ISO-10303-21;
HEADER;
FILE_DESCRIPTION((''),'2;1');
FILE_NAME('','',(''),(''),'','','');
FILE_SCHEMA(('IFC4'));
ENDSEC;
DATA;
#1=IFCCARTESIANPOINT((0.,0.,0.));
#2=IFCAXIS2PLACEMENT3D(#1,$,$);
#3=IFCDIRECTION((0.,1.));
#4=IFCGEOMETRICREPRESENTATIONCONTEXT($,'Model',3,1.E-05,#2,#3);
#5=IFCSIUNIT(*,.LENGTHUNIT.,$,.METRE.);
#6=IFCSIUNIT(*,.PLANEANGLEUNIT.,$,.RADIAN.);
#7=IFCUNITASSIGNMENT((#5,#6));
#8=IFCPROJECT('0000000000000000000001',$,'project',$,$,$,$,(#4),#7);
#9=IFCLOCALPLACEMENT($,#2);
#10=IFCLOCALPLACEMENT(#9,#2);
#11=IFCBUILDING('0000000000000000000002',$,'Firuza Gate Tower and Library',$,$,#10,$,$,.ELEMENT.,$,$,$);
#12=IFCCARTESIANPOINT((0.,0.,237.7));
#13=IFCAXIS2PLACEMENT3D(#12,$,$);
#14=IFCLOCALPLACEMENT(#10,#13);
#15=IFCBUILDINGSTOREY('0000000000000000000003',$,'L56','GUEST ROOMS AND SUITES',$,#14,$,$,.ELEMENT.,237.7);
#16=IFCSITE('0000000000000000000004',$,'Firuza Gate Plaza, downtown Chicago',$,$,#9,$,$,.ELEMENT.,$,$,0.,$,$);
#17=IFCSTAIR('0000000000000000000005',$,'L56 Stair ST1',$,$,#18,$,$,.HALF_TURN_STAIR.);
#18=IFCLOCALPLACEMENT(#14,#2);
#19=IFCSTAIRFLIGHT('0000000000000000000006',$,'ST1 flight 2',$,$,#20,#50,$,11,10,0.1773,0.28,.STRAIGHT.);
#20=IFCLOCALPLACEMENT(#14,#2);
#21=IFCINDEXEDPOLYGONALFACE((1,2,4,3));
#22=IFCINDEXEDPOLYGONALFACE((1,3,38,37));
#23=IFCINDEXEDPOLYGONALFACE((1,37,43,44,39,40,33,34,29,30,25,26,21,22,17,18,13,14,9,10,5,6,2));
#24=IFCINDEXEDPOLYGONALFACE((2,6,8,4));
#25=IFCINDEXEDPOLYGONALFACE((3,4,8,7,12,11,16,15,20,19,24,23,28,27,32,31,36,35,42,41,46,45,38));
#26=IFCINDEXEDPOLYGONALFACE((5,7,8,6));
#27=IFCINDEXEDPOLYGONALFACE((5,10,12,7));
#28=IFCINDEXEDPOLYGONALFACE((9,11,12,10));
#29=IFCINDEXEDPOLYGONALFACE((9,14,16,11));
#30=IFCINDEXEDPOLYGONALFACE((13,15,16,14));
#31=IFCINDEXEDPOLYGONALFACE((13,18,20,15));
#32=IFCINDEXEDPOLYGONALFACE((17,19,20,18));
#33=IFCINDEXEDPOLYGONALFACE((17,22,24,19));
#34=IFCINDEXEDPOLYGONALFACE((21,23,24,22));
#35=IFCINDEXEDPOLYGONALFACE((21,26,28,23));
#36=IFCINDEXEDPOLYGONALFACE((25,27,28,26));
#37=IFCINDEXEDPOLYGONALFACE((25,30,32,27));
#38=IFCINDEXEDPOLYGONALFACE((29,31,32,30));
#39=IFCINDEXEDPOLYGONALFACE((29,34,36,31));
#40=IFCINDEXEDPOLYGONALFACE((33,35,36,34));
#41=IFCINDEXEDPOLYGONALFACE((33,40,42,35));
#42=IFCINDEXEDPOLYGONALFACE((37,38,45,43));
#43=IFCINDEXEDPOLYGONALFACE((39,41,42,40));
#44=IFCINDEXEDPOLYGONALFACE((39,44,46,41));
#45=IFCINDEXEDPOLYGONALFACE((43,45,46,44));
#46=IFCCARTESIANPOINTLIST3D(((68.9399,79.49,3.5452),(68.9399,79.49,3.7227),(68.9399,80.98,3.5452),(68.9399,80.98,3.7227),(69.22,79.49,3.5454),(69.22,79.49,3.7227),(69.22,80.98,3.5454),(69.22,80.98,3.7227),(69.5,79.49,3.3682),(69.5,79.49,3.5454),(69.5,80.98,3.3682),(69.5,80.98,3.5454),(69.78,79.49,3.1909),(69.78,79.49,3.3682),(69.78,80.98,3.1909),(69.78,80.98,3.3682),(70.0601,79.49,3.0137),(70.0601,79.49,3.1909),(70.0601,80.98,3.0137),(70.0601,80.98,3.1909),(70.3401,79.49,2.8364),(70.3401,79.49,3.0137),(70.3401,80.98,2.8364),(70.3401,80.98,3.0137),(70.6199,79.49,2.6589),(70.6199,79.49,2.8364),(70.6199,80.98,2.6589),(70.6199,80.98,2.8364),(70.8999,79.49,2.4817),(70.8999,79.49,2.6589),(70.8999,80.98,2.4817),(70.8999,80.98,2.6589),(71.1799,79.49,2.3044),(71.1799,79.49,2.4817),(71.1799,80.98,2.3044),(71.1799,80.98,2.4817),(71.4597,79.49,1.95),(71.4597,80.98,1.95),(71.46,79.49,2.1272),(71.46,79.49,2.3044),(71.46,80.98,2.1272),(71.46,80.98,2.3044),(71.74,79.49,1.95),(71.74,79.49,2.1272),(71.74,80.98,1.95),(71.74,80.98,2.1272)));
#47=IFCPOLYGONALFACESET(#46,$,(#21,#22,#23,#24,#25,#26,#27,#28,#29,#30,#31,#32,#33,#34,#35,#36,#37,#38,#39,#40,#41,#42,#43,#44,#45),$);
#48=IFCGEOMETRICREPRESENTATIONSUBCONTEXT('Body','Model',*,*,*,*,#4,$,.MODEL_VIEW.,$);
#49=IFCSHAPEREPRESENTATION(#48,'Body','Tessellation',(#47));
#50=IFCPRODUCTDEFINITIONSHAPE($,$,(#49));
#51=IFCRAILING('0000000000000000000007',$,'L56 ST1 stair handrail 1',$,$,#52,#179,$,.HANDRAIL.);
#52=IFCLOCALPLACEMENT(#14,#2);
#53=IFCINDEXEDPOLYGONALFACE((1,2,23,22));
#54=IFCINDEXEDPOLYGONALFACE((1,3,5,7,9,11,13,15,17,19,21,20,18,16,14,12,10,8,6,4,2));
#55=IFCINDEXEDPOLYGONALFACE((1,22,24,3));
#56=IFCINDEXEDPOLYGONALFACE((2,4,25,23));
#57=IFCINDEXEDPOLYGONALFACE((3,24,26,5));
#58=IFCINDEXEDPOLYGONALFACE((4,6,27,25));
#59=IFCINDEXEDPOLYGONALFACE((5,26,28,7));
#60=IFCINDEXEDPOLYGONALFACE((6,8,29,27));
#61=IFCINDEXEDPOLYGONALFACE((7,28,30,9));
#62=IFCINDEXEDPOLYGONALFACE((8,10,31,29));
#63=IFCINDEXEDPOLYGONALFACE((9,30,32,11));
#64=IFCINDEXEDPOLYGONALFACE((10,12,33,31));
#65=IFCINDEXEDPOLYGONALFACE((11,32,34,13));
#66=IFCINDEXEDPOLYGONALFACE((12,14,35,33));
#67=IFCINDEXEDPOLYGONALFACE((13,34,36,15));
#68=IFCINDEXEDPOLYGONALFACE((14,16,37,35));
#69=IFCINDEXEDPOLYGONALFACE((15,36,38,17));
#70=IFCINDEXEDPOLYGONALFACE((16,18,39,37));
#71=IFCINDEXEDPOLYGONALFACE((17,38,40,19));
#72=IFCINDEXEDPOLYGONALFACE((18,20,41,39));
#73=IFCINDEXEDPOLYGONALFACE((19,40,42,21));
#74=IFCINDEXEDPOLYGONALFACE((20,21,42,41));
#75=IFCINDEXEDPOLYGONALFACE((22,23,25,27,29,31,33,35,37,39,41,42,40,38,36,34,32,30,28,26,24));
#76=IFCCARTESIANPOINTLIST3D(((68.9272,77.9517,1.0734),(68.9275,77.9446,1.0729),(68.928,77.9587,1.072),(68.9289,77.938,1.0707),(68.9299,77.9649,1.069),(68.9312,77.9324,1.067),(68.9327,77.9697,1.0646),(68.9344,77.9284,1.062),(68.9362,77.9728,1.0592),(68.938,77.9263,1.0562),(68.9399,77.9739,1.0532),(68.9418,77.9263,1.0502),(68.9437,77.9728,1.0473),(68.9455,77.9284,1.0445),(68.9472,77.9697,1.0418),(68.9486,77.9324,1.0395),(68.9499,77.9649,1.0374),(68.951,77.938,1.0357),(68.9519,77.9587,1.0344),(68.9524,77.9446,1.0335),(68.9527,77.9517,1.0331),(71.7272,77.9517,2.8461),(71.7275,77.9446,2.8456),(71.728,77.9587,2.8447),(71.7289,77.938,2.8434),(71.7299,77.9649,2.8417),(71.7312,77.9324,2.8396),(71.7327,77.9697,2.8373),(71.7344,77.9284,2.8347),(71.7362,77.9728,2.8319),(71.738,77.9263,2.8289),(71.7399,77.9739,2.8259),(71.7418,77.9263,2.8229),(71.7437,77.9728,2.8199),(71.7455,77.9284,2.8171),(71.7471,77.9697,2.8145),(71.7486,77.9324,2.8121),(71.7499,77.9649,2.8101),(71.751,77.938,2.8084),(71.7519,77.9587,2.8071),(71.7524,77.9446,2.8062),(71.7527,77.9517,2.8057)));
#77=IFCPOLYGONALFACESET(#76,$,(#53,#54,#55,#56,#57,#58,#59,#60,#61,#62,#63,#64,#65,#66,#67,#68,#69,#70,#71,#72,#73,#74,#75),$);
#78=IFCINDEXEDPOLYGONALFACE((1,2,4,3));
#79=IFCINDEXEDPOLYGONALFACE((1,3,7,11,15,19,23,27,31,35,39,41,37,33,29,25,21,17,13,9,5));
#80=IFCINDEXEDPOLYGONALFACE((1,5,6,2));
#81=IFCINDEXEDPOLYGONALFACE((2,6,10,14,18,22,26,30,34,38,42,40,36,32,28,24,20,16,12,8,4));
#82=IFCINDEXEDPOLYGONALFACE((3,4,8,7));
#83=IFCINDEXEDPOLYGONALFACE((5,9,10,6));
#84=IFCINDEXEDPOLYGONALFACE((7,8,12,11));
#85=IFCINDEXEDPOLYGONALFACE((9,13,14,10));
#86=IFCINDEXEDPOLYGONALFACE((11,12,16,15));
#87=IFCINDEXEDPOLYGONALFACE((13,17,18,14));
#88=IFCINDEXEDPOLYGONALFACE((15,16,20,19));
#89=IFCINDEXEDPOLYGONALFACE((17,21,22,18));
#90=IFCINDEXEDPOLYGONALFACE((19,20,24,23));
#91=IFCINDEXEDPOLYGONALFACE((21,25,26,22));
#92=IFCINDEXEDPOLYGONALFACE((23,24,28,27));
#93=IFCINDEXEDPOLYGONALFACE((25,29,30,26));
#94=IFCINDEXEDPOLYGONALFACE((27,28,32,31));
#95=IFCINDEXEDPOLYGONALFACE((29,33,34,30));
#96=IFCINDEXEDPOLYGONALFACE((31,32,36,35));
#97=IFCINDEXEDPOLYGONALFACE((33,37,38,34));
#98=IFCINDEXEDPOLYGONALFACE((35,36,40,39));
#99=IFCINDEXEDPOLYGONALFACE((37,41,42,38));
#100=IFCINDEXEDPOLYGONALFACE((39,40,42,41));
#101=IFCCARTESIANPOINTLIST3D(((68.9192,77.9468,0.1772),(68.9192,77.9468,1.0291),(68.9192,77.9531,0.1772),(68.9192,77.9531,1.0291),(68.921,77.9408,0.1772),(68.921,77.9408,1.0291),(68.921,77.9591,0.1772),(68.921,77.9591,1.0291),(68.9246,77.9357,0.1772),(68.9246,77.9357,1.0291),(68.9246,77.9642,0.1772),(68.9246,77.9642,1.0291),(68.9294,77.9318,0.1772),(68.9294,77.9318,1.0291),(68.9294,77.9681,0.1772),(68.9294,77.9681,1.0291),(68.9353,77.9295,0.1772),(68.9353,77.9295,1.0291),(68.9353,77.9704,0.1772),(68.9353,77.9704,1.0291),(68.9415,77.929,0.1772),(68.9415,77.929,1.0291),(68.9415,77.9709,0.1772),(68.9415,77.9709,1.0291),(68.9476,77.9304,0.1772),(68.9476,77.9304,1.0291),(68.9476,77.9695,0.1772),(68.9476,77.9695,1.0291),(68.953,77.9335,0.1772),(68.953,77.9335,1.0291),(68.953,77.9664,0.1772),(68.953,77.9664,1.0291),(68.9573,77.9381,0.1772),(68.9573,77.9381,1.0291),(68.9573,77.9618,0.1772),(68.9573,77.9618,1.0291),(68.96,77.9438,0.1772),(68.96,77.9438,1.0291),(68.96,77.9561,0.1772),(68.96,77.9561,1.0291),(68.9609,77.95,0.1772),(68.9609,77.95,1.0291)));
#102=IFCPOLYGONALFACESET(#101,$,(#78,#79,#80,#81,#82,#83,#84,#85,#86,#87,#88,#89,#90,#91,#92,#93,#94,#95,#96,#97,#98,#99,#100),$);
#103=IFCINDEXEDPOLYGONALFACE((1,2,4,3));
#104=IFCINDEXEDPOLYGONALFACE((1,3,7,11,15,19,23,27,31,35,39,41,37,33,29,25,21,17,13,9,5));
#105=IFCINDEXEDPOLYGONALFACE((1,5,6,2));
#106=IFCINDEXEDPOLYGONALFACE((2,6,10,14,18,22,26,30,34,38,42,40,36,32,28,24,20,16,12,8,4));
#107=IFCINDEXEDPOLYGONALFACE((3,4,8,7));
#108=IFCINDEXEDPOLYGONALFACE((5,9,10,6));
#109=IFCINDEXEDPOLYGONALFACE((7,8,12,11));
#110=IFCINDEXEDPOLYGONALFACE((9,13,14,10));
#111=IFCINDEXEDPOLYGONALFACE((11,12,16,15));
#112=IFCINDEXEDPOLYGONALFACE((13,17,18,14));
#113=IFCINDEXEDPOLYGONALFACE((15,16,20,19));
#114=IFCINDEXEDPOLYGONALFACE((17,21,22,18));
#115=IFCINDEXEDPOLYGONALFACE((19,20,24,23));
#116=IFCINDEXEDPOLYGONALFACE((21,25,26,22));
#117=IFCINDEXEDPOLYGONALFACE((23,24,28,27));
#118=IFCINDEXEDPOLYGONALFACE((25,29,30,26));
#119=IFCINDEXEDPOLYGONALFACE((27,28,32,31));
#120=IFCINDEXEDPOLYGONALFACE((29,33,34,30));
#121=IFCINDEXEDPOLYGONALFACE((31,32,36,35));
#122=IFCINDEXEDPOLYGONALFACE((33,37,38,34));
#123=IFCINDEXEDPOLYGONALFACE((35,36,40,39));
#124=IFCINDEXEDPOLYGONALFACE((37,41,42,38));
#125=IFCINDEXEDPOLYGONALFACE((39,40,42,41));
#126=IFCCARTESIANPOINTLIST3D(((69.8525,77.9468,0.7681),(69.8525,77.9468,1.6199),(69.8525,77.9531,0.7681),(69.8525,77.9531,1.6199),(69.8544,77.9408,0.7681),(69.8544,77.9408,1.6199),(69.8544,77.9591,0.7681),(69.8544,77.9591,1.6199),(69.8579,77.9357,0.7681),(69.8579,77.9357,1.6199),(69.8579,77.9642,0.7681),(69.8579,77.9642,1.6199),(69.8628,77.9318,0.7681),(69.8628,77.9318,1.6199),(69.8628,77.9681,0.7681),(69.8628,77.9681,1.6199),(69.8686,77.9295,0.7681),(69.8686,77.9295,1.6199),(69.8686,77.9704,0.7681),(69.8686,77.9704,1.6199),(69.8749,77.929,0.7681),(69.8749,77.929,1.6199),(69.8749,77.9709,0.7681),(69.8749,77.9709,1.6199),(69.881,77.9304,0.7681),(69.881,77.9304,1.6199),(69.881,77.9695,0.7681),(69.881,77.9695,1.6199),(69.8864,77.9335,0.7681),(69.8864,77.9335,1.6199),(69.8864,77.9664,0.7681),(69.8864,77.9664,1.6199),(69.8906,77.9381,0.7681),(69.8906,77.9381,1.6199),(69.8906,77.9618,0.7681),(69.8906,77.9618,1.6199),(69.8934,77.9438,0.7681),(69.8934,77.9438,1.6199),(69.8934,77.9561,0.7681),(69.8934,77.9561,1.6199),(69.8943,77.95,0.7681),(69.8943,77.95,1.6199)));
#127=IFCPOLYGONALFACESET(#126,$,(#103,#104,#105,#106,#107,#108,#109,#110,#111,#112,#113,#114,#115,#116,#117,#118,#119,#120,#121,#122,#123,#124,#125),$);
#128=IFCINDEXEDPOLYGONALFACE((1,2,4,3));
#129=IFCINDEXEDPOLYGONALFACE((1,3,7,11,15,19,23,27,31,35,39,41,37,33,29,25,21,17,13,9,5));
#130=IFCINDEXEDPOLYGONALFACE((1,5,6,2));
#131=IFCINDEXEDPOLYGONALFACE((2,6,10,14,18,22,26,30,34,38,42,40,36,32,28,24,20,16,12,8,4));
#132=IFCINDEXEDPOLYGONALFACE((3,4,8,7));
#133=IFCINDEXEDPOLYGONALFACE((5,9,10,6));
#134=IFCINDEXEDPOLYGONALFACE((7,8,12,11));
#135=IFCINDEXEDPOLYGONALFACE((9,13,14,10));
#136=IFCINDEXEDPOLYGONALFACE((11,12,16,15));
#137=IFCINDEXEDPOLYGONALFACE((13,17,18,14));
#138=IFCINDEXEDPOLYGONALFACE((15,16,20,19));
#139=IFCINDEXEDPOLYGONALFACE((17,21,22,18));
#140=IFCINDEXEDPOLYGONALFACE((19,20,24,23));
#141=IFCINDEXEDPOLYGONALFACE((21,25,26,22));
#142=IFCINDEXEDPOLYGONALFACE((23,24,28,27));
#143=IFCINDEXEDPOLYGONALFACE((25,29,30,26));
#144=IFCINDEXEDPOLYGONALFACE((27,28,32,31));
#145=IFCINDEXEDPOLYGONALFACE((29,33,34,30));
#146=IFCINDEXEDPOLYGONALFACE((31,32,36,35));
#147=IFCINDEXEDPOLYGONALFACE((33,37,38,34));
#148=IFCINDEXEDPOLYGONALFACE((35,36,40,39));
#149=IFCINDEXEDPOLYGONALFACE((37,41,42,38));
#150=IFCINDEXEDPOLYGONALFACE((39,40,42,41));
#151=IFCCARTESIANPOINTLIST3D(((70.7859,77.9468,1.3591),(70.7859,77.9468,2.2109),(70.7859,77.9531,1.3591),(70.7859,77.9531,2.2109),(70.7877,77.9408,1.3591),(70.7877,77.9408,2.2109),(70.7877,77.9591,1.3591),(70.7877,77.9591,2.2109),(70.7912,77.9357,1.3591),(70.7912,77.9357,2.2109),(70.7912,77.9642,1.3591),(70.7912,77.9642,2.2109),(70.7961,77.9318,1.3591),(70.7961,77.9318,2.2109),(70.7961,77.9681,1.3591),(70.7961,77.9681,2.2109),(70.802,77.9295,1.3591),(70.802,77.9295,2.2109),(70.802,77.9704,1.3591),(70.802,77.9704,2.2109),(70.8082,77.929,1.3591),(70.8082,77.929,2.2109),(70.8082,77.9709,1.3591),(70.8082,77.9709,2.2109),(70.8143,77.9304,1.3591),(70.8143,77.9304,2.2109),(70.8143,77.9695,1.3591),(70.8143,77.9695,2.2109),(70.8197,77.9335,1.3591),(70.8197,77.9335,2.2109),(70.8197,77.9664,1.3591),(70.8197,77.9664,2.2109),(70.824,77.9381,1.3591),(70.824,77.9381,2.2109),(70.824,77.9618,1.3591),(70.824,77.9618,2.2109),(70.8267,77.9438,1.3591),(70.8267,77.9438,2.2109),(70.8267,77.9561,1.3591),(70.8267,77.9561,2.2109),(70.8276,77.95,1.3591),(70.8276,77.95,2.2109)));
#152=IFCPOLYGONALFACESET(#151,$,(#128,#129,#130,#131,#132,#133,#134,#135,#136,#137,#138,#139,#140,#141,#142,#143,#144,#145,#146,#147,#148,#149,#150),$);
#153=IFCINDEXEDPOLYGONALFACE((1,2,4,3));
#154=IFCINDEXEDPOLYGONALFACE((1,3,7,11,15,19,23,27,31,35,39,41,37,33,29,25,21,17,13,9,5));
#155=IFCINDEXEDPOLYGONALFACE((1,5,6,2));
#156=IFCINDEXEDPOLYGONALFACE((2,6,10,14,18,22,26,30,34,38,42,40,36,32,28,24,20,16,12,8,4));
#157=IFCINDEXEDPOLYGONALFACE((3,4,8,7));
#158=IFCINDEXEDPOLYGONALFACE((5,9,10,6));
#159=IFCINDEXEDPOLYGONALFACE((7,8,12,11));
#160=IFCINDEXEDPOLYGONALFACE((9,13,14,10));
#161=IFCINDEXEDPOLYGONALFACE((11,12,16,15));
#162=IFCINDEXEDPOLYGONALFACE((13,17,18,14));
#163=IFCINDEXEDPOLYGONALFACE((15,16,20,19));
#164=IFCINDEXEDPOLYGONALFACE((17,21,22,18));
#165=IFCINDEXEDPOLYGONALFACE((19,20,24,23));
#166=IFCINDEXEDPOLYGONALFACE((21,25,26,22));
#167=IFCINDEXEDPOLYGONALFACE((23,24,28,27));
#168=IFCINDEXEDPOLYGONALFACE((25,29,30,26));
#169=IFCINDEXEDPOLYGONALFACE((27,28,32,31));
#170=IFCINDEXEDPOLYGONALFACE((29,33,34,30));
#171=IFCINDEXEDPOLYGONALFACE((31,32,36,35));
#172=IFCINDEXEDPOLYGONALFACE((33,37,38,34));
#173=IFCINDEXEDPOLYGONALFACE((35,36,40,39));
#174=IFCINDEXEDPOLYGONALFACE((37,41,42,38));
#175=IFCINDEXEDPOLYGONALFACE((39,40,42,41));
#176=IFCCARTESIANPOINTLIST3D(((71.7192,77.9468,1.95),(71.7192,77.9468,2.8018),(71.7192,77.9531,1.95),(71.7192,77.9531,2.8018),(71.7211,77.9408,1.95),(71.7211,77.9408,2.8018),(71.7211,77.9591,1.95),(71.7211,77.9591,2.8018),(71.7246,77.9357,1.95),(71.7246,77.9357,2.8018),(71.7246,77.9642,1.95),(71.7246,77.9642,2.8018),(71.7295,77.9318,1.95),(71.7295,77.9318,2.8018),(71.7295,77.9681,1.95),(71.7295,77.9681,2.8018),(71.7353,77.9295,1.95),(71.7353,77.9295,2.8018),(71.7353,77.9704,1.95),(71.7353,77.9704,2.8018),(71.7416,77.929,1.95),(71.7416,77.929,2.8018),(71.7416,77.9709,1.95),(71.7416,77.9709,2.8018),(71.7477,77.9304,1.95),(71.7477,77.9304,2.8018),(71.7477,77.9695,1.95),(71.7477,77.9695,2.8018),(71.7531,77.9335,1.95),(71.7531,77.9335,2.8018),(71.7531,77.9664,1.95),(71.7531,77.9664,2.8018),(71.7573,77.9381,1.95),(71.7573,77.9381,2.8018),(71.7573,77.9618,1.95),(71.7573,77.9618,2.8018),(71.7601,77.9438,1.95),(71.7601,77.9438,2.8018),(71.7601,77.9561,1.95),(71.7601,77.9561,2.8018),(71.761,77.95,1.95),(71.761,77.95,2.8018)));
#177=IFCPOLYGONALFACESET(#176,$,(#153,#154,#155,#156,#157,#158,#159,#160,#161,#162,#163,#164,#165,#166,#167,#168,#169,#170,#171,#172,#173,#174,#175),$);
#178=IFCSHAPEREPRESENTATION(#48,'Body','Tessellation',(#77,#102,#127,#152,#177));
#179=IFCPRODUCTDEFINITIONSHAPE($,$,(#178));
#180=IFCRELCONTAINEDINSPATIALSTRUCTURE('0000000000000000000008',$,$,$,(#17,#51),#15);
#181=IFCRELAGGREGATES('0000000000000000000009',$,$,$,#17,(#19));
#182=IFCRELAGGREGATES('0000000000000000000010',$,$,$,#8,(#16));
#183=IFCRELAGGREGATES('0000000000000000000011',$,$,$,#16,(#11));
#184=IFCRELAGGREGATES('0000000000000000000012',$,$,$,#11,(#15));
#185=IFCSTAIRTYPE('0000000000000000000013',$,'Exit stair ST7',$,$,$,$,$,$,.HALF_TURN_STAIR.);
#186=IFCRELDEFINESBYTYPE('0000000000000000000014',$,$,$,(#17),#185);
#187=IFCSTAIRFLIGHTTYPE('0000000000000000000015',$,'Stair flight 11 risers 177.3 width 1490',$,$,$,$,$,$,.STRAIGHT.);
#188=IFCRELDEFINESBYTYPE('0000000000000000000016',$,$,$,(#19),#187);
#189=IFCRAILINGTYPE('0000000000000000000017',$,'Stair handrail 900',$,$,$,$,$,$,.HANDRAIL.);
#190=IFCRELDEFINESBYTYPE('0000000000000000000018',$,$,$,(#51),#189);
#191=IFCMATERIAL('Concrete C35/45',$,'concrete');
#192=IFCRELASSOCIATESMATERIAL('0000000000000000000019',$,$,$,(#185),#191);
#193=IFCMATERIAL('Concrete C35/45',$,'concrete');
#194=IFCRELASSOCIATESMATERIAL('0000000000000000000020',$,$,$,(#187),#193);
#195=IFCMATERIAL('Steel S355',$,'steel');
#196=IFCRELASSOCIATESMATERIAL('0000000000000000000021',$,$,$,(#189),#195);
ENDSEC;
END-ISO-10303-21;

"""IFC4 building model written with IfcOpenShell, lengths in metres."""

from ifc_helpers import new_model, si_unit, direction, frame, origin, origin_2d, place, context, subcontext, project, spatial, polyline, circle, outline, extrude, material, type_object, element, aggregate, save


model = new_model("IFC4")

# Units and contexts
model_context = context("Model", 3, precision=1e-05, world=origin(), true_north=direction((0.0, 1.0)))
body_context = subcontext(model_context, "Body", "Model", "MODEL_VIEW")
ifc_project = project(units=[si_unit("LENGTHUNIT", "METRE"), si_unit("PLANEANGLEUNIT", "RADIAN")], contexts=[model_context])

# Site, building, storey
site_placement = place(None, origin())
site = spatial("IfcSite", under=ifc_project, at=site_placement, Name="Firuza Gate Plaza, downtown Chicago", CompositionType="ELEMENT", RefElevation=0.0)
building_placement = place(site_placement, origin())
building = spatial("IfcBuilding", under=site, at=building_placement, Name="Firuza Gate Tower and Library", CompositionType="ELEMENT")
storey_placement = place(building_placement, frame((0.0, 0.0, 237.7)))
storey = spatial("IfcBuildingStorey", under=building, at=storey_placement, Name="L56", Description="GUEST ROOMS AND SUITES", CompositionType="ELEMENT", Elevation=237.7)

# Stair, stair flight
ifc_material_1 = material(Name="Concrete C35/45", Category="concrete")
stair_type = type_object("IfcStairType", Name="Exit stair ST7", PredefinedType="HALF_TURN_STAIR", material=ifc_material_1)
stair_placement = place(storey_placement, origin())
stair = element("IfcStair", 1, at=stair_placement, inside=storey, type_object=stair_type, Name="L56 Stair ST1", PredefinedType="HALF_TURN_STAIR")
ifc_material_2 = material(Name="Concrete C35/45", Category="concrete")
stair_flight_type = type_object("IfcStairFlightType", Name="Stair flight 11 risers 177.3 width 1490", PredefinedType="STRAIGHT", material=ifc_material_2)
stair_flight_1_placement = place(storey_placement, frame((71.74, 80.2351, 1.95), z_axis=(0.0, 0.0, 1.0), x_axis=(-1.0, 0.0, 0.0)))
stair_flight_1 = element("IfcStairFlight", 2, at=stair_flight_1_placement, type_object=stair_flight_type, Name="ST1 flight 2", NumberOfRisers=11, NumberOfTreads=10, PredefinedType="STRAIGHT", RiserHeight=0.1773, TreadLength=0.28, context=body_context, shape_type="SweptSolid", body=[
    extrude(outline(polyline([(0.0, 0.0), (0.0, 0.1772), (0.28, 0.1772), (0.28, 0.3545), (0.5601, 0.3545), (0.5601, 0.5317), (0.8401, 0.5317), (0.8401, 0.709), (1.1201, 0.709), (1.1201, 0.8865), (1.3999, 0.8865), (1.3999, 1.0637), (1.6799, 1.0637), (1.6799, 1.241), (1.96, 1.241), (1.96, 1.4182), (2.24, 1.4182), (2.24, 1.5955), (2.52, 1.5955), (2.52, 1.7727), (2.8, 1.7727), (2.8, 1.95), (2.8, 1.5952), (0.2803, 0.0), (0.0, 0.0)])), frame((0.0, 0.7451, 0.0), z_axis=(0.0, -1.0, 0.0), x_axis=(1.0, 0.0, 0.0)), (0.0, 0.0, 1.0), 1.49),
])
aggregate(stair, [stair_flight_1])

# Railing
ifc_material_3 = material(Name="Steel S355", Category="steel")
railing_type_1 = type_object("IfcRailingType", Name="Stair handrail 900", PredefinedType="HANDRAIL", material=ifc_material_3)
railing_1_placement = place(storey_placement, frame((68.9399, 77.95, 0.1772)))
element("IfcRailing", 3, at=railing_1_placement, inside=storey, type_object=railing_type_1, Name="L56 ST1 stair handrail 1", PredefinedType="HANDRAIL", context=body_context, shape_type="SweptSolid", body=[
    extrude(circle(Radius=0.0239, at=origin_2d()), frame((0.0, 0.0, 0.876), z_axis=(0.844909, 0.0, 0.53491), x_axis=(0.0, 1.0, 0.0)), (0.0, 0.0, 1.0), 3.314),
    extrude(circle(Radius=0.021, at=origin_2d()), origin(), (0.0, 0.0, 1.0), 0.8518),
    extrude(circle(Radius=0.021, at=origin_2d()), frame((0.9333, 0.0, 0.5908)), (0.0, 0.0, 1.0), 0.8518),
    extrude(circle(Radius=0.021, at=origin_2d()), frame((1.8667, 0.0, 1.1819)), (0.0, 0.0, 1.0), 0.8518),
    extrude(circle(Radius=0.021, at=origin_2d()), frame((2.8, 0.0, 1.7727)), (0.0, 0.0, 1.0), 0.8518),
])

save(model, "model.ifc")
